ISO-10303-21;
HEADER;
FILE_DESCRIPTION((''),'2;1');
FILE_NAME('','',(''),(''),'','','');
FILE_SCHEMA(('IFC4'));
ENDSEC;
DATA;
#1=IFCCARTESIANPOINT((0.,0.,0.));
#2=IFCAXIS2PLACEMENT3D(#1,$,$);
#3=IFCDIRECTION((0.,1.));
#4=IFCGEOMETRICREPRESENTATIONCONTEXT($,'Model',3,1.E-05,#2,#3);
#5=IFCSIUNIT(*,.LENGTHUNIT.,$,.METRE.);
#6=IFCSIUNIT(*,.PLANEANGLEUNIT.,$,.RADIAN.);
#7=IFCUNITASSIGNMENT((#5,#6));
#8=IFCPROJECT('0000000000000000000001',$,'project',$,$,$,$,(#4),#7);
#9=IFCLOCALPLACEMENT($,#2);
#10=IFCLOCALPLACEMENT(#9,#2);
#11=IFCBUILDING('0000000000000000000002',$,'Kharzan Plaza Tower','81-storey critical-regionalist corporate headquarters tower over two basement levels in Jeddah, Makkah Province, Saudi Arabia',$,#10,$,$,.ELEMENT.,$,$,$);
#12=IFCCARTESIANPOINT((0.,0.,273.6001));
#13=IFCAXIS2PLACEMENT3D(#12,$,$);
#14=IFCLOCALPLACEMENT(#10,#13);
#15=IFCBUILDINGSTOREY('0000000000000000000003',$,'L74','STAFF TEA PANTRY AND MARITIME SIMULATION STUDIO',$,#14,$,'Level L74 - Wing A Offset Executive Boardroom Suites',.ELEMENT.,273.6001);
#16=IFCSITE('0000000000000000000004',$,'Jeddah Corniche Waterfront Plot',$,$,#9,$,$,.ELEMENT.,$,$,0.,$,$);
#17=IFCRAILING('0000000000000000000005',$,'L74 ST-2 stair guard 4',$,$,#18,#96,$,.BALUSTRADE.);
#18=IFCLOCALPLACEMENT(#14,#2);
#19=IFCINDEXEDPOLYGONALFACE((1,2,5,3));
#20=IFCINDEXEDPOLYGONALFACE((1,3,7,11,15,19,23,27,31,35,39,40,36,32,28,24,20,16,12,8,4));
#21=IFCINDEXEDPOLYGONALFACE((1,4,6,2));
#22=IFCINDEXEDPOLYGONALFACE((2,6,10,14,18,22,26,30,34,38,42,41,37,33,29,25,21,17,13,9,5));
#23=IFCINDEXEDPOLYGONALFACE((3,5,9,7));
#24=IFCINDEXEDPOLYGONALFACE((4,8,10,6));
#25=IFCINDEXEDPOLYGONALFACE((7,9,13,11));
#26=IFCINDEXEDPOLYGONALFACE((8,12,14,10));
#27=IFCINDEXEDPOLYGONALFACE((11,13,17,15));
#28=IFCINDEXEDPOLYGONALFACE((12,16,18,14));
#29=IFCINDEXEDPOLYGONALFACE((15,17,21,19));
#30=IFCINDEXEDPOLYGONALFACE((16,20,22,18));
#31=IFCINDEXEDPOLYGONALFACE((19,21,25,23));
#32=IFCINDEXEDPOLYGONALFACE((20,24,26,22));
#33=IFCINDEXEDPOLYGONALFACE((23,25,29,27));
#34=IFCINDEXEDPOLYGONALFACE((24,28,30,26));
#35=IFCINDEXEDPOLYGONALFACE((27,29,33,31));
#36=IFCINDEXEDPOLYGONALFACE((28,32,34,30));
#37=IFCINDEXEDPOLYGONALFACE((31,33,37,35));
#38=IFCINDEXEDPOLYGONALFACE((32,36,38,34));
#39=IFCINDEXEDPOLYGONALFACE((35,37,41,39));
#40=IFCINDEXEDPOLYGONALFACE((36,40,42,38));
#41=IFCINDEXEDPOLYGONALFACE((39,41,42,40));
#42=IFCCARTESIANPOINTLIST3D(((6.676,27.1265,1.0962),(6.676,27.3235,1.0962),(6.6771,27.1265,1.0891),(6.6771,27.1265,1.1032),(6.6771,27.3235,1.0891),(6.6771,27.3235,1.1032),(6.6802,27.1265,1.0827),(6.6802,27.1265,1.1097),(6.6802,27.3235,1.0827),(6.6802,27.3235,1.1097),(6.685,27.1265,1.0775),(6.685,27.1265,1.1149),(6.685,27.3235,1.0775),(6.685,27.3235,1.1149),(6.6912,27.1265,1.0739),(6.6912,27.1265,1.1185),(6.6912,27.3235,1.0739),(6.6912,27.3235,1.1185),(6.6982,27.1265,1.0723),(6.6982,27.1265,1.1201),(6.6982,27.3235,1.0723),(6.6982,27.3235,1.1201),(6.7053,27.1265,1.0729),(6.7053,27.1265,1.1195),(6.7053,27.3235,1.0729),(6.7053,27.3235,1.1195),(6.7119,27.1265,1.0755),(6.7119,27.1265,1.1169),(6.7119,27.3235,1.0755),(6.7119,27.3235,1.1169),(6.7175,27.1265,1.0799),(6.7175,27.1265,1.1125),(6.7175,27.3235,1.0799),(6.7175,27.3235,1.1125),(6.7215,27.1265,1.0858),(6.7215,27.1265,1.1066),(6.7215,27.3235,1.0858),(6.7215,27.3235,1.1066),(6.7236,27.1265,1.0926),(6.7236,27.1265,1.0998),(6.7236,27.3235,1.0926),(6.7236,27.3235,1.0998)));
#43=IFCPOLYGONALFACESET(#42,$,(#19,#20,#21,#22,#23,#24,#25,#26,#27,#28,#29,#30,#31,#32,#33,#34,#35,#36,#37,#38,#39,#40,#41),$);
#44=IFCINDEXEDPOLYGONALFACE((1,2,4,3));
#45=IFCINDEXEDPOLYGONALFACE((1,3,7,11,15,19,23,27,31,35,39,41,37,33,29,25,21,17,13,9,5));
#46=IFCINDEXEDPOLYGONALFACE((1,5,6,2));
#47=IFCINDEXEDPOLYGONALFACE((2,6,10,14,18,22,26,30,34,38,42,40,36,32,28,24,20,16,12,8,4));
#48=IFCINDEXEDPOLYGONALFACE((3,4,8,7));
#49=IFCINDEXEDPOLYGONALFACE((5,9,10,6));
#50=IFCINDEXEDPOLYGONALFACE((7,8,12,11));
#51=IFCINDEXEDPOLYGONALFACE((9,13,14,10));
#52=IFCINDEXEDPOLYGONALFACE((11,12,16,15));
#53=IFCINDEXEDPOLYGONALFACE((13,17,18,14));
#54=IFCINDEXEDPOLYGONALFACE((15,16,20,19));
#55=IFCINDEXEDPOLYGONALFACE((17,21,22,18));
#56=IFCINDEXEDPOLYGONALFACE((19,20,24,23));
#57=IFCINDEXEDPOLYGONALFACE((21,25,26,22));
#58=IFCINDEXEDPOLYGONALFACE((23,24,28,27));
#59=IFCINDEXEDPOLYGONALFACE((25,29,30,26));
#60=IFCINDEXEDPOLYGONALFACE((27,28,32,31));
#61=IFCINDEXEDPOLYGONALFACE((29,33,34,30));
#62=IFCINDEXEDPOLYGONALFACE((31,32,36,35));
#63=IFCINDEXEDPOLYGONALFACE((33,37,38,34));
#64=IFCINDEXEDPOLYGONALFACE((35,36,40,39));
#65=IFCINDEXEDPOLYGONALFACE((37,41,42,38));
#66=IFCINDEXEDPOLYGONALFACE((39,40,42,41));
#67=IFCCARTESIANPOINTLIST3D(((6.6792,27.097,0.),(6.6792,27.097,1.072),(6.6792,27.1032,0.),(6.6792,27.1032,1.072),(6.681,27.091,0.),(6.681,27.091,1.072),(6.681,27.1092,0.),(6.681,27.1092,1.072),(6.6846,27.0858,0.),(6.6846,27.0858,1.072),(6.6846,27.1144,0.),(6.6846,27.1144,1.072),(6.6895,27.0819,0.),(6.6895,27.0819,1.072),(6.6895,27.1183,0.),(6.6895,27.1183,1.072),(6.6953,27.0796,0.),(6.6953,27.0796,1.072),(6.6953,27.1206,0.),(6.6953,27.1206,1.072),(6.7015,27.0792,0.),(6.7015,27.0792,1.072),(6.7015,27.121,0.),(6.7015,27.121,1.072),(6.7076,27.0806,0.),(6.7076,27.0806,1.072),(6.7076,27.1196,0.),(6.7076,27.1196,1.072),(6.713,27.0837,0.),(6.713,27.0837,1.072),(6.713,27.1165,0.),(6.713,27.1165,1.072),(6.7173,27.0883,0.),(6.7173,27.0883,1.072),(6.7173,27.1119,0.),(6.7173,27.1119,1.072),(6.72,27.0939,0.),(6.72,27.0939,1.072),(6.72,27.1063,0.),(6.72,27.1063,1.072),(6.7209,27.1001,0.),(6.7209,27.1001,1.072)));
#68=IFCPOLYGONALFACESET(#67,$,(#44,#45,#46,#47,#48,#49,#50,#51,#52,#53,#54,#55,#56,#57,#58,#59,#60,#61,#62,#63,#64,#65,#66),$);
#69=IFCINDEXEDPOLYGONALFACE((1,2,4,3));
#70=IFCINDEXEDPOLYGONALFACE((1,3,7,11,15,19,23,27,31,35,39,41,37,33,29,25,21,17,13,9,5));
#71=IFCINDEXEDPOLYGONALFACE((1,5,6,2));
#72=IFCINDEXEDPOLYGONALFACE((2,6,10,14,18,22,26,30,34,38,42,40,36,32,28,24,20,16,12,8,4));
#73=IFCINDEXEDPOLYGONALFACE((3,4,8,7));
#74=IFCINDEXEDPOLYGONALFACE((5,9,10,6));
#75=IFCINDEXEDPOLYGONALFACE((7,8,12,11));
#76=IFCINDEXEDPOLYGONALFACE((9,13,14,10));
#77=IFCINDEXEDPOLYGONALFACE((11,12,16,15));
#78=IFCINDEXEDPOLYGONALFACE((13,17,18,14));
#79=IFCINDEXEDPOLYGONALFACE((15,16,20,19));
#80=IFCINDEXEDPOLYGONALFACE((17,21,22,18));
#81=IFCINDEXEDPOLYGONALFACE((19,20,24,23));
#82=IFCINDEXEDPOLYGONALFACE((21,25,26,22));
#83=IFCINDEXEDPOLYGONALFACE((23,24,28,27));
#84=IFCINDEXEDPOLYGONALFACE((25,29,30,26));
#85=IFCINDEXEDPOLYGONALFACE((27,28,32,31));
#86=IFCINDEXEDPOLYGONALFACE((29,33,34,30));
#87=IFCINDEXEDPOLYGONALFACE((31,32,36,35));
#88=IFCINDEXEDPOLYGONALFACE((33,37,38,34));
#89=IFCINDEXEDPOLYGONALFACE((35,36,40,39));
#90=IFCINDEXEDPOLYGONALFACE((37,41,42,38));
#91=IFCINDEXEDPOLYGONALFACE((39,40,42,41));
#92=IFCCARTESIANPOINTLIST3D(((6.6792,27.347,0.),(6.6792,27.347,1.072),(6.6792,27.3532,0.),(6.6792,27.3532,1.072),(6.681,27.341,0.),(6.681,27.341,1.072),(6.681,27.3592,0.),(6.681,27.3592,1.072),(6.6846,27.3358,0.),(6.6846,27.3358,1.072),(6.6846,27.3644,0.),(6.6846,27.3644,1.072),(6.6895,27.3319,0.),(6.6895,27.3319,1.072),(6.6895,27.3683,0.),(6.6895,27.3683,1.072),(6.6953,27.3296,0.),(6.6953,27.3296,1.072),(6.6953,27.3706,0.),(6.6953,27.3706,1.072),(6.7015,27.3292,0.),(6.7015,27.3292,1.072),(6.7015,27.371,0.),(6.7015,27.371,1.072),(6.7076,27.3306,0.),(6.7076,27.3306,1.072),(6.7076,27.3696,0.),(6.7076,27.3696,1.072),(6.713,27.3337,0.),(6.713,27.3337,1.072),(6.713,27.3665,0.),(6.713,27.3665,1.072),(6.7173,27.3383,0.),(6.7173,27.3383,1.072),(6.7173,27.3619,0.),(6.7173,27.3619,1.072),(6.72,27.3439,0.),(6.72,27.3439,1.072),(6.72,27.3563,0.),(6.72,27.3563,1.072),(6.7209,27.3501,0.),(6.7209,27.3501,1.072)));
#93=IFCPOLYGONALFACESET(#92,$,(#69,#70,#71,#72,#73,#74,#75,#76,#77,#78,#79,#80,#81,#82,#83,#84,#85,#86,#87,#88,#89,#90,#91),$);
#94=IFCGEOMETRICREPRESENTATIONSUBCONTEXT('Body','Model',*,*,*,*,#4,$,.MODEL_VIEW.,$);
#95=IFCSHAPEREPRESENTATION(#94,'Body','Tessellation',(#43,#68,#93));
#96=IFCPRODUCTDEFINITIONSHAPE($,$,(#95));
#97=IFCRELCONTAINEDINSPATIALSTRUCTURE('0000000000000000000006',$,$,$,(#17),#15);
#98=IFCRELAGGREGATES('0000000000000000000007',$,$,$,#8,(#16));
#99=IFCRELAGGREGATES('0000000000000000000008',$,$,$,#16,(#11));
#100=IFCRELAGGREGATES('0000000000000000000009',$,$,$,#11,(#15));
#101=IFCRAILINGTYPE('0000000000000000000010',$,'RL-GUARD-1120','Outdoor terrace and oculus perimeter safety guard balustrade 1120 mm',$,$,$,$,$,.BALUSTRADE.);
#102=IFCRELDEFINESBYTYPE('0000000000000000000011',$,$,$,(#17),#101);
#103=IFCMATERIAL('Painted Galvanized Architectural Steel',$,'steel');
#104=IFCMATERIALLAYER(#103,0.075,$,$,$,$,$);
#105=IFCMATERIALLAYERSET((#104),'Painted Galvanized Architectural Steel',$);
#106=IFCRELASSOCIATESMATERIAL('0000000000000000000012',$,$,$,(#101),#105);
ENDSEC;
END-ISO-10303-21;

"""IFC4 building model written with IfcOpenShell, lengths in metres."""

from ifc_helpers import new_model, si_unit, direction, frame, origin, origin_2d, place, context, subcontext, project, spatial, circle, extrude, source, transform, mapped, material, layer, layer_set, type_object, element, save


model = new_model("IFC4")

# Units and contexts
model_context = context("Model", 3, precision=1e-05, world=origin(), true_north=direction((0.0, 1.0)))
body_context = subcontext(model_context, "Body", "Model", "MODEL_VIEW")
ifc_project = project(units=[si_unit("LENGTHUNIT", "METRE"), si_unit("PLANEANGLEUNIT", "RADIAN")], contexts=[model_context])

# Site, building, storey
site_placement = place(None, origin())
site = spatial("IfcSite", under=ifc_project, at=site_placement, Name="Jeddah Corniche Waterfront Plot", CompositionType="ELEMENT", RefElevation=0.0)
building_placement = place(site_placement, origin())
building = spatial("IfcBuilding", under=site, at=building_placement, Name="Kharzan Plaza Tower", Description="81-storey critical-regionalist corporate headquarters tower over two basement levels in Jeddah, Makkah Province, Saudi Arabia", CompositionType="ELEMENT")
storey_placement = place(building_placement, frame((0.0, 0.0, 273.6001)))
storey = spatial("IfcBuildingStorey", under=building, at=storey_placement, Name="L74", Description="STAFF TEA PANTRY AND MARITIME SIMULATION STUDIO", LongName="Level L74 - Wing A Offset Executive Boardroom Suites", CompositionType="ELEMENT", Elevation=273.6001)

# Railing
ifc_material_1 = material(Name="Painted Galvanized Architectural Steel", Category="steel")
ifc_layer_1 = layer(ifc_material_1, 0.075)
ifc_layer_set_1 = layer_set([ifc_layer_1], Name="Painted Galvanized Architectural Steel")
railing_type_1 = type_object("IfcRailingType", Name="RL-GUARD-1120", Description="Outdoor terrace and oculus perimeter safety guard balustrade 1120 mm", PredefinedType="BALUSTRADE", material=ifc_layer_set_1)
shared_shape_1 = source(origin(), body_context, "Body", "SweptSolid", [
    extrude(circle(Radius=0.0239, at=origin_2d()), frame((0.0, 0.0264, 1.0962), z_axis=(0.0, 1.0, 0.0), x_axis=(-1.0, 0.0, 0.0)), (0.0, 0.0, 1.0), 0.197),
    extrude(circle(Radius=0.021, at=origin_2d()), origin(), (0.0, 0.0, 1.0), 1.072),
    extrude(circle(Radius=0.021, at=origin_2d()), frame((0.0, 0.25, 0.0)), (0.0, 0.0, 1.0), 1.072),
])
railing_1_placement = place(storey_placement, frame((6.7, 27.1001, 0.0)))
element("IfcRailing", 1, at=railing_1_placement, inside=storey, type_object=railing_type_1, Name="L74 ST-2 stair guard 4", PredefinedType="BALUSTRADE", context=body_context, shape_type="MappedRepresentation", body=[
    mapped(shared_shape_1, transform((0.0, 0.0, 0.0), x_axis=(1.0, 0.0, 0.0), y_axis=(0.0, 1.0, 0.0), z_axis=(0.0, 0.0, 1.0))),
])

save(model, "model.ifc")
